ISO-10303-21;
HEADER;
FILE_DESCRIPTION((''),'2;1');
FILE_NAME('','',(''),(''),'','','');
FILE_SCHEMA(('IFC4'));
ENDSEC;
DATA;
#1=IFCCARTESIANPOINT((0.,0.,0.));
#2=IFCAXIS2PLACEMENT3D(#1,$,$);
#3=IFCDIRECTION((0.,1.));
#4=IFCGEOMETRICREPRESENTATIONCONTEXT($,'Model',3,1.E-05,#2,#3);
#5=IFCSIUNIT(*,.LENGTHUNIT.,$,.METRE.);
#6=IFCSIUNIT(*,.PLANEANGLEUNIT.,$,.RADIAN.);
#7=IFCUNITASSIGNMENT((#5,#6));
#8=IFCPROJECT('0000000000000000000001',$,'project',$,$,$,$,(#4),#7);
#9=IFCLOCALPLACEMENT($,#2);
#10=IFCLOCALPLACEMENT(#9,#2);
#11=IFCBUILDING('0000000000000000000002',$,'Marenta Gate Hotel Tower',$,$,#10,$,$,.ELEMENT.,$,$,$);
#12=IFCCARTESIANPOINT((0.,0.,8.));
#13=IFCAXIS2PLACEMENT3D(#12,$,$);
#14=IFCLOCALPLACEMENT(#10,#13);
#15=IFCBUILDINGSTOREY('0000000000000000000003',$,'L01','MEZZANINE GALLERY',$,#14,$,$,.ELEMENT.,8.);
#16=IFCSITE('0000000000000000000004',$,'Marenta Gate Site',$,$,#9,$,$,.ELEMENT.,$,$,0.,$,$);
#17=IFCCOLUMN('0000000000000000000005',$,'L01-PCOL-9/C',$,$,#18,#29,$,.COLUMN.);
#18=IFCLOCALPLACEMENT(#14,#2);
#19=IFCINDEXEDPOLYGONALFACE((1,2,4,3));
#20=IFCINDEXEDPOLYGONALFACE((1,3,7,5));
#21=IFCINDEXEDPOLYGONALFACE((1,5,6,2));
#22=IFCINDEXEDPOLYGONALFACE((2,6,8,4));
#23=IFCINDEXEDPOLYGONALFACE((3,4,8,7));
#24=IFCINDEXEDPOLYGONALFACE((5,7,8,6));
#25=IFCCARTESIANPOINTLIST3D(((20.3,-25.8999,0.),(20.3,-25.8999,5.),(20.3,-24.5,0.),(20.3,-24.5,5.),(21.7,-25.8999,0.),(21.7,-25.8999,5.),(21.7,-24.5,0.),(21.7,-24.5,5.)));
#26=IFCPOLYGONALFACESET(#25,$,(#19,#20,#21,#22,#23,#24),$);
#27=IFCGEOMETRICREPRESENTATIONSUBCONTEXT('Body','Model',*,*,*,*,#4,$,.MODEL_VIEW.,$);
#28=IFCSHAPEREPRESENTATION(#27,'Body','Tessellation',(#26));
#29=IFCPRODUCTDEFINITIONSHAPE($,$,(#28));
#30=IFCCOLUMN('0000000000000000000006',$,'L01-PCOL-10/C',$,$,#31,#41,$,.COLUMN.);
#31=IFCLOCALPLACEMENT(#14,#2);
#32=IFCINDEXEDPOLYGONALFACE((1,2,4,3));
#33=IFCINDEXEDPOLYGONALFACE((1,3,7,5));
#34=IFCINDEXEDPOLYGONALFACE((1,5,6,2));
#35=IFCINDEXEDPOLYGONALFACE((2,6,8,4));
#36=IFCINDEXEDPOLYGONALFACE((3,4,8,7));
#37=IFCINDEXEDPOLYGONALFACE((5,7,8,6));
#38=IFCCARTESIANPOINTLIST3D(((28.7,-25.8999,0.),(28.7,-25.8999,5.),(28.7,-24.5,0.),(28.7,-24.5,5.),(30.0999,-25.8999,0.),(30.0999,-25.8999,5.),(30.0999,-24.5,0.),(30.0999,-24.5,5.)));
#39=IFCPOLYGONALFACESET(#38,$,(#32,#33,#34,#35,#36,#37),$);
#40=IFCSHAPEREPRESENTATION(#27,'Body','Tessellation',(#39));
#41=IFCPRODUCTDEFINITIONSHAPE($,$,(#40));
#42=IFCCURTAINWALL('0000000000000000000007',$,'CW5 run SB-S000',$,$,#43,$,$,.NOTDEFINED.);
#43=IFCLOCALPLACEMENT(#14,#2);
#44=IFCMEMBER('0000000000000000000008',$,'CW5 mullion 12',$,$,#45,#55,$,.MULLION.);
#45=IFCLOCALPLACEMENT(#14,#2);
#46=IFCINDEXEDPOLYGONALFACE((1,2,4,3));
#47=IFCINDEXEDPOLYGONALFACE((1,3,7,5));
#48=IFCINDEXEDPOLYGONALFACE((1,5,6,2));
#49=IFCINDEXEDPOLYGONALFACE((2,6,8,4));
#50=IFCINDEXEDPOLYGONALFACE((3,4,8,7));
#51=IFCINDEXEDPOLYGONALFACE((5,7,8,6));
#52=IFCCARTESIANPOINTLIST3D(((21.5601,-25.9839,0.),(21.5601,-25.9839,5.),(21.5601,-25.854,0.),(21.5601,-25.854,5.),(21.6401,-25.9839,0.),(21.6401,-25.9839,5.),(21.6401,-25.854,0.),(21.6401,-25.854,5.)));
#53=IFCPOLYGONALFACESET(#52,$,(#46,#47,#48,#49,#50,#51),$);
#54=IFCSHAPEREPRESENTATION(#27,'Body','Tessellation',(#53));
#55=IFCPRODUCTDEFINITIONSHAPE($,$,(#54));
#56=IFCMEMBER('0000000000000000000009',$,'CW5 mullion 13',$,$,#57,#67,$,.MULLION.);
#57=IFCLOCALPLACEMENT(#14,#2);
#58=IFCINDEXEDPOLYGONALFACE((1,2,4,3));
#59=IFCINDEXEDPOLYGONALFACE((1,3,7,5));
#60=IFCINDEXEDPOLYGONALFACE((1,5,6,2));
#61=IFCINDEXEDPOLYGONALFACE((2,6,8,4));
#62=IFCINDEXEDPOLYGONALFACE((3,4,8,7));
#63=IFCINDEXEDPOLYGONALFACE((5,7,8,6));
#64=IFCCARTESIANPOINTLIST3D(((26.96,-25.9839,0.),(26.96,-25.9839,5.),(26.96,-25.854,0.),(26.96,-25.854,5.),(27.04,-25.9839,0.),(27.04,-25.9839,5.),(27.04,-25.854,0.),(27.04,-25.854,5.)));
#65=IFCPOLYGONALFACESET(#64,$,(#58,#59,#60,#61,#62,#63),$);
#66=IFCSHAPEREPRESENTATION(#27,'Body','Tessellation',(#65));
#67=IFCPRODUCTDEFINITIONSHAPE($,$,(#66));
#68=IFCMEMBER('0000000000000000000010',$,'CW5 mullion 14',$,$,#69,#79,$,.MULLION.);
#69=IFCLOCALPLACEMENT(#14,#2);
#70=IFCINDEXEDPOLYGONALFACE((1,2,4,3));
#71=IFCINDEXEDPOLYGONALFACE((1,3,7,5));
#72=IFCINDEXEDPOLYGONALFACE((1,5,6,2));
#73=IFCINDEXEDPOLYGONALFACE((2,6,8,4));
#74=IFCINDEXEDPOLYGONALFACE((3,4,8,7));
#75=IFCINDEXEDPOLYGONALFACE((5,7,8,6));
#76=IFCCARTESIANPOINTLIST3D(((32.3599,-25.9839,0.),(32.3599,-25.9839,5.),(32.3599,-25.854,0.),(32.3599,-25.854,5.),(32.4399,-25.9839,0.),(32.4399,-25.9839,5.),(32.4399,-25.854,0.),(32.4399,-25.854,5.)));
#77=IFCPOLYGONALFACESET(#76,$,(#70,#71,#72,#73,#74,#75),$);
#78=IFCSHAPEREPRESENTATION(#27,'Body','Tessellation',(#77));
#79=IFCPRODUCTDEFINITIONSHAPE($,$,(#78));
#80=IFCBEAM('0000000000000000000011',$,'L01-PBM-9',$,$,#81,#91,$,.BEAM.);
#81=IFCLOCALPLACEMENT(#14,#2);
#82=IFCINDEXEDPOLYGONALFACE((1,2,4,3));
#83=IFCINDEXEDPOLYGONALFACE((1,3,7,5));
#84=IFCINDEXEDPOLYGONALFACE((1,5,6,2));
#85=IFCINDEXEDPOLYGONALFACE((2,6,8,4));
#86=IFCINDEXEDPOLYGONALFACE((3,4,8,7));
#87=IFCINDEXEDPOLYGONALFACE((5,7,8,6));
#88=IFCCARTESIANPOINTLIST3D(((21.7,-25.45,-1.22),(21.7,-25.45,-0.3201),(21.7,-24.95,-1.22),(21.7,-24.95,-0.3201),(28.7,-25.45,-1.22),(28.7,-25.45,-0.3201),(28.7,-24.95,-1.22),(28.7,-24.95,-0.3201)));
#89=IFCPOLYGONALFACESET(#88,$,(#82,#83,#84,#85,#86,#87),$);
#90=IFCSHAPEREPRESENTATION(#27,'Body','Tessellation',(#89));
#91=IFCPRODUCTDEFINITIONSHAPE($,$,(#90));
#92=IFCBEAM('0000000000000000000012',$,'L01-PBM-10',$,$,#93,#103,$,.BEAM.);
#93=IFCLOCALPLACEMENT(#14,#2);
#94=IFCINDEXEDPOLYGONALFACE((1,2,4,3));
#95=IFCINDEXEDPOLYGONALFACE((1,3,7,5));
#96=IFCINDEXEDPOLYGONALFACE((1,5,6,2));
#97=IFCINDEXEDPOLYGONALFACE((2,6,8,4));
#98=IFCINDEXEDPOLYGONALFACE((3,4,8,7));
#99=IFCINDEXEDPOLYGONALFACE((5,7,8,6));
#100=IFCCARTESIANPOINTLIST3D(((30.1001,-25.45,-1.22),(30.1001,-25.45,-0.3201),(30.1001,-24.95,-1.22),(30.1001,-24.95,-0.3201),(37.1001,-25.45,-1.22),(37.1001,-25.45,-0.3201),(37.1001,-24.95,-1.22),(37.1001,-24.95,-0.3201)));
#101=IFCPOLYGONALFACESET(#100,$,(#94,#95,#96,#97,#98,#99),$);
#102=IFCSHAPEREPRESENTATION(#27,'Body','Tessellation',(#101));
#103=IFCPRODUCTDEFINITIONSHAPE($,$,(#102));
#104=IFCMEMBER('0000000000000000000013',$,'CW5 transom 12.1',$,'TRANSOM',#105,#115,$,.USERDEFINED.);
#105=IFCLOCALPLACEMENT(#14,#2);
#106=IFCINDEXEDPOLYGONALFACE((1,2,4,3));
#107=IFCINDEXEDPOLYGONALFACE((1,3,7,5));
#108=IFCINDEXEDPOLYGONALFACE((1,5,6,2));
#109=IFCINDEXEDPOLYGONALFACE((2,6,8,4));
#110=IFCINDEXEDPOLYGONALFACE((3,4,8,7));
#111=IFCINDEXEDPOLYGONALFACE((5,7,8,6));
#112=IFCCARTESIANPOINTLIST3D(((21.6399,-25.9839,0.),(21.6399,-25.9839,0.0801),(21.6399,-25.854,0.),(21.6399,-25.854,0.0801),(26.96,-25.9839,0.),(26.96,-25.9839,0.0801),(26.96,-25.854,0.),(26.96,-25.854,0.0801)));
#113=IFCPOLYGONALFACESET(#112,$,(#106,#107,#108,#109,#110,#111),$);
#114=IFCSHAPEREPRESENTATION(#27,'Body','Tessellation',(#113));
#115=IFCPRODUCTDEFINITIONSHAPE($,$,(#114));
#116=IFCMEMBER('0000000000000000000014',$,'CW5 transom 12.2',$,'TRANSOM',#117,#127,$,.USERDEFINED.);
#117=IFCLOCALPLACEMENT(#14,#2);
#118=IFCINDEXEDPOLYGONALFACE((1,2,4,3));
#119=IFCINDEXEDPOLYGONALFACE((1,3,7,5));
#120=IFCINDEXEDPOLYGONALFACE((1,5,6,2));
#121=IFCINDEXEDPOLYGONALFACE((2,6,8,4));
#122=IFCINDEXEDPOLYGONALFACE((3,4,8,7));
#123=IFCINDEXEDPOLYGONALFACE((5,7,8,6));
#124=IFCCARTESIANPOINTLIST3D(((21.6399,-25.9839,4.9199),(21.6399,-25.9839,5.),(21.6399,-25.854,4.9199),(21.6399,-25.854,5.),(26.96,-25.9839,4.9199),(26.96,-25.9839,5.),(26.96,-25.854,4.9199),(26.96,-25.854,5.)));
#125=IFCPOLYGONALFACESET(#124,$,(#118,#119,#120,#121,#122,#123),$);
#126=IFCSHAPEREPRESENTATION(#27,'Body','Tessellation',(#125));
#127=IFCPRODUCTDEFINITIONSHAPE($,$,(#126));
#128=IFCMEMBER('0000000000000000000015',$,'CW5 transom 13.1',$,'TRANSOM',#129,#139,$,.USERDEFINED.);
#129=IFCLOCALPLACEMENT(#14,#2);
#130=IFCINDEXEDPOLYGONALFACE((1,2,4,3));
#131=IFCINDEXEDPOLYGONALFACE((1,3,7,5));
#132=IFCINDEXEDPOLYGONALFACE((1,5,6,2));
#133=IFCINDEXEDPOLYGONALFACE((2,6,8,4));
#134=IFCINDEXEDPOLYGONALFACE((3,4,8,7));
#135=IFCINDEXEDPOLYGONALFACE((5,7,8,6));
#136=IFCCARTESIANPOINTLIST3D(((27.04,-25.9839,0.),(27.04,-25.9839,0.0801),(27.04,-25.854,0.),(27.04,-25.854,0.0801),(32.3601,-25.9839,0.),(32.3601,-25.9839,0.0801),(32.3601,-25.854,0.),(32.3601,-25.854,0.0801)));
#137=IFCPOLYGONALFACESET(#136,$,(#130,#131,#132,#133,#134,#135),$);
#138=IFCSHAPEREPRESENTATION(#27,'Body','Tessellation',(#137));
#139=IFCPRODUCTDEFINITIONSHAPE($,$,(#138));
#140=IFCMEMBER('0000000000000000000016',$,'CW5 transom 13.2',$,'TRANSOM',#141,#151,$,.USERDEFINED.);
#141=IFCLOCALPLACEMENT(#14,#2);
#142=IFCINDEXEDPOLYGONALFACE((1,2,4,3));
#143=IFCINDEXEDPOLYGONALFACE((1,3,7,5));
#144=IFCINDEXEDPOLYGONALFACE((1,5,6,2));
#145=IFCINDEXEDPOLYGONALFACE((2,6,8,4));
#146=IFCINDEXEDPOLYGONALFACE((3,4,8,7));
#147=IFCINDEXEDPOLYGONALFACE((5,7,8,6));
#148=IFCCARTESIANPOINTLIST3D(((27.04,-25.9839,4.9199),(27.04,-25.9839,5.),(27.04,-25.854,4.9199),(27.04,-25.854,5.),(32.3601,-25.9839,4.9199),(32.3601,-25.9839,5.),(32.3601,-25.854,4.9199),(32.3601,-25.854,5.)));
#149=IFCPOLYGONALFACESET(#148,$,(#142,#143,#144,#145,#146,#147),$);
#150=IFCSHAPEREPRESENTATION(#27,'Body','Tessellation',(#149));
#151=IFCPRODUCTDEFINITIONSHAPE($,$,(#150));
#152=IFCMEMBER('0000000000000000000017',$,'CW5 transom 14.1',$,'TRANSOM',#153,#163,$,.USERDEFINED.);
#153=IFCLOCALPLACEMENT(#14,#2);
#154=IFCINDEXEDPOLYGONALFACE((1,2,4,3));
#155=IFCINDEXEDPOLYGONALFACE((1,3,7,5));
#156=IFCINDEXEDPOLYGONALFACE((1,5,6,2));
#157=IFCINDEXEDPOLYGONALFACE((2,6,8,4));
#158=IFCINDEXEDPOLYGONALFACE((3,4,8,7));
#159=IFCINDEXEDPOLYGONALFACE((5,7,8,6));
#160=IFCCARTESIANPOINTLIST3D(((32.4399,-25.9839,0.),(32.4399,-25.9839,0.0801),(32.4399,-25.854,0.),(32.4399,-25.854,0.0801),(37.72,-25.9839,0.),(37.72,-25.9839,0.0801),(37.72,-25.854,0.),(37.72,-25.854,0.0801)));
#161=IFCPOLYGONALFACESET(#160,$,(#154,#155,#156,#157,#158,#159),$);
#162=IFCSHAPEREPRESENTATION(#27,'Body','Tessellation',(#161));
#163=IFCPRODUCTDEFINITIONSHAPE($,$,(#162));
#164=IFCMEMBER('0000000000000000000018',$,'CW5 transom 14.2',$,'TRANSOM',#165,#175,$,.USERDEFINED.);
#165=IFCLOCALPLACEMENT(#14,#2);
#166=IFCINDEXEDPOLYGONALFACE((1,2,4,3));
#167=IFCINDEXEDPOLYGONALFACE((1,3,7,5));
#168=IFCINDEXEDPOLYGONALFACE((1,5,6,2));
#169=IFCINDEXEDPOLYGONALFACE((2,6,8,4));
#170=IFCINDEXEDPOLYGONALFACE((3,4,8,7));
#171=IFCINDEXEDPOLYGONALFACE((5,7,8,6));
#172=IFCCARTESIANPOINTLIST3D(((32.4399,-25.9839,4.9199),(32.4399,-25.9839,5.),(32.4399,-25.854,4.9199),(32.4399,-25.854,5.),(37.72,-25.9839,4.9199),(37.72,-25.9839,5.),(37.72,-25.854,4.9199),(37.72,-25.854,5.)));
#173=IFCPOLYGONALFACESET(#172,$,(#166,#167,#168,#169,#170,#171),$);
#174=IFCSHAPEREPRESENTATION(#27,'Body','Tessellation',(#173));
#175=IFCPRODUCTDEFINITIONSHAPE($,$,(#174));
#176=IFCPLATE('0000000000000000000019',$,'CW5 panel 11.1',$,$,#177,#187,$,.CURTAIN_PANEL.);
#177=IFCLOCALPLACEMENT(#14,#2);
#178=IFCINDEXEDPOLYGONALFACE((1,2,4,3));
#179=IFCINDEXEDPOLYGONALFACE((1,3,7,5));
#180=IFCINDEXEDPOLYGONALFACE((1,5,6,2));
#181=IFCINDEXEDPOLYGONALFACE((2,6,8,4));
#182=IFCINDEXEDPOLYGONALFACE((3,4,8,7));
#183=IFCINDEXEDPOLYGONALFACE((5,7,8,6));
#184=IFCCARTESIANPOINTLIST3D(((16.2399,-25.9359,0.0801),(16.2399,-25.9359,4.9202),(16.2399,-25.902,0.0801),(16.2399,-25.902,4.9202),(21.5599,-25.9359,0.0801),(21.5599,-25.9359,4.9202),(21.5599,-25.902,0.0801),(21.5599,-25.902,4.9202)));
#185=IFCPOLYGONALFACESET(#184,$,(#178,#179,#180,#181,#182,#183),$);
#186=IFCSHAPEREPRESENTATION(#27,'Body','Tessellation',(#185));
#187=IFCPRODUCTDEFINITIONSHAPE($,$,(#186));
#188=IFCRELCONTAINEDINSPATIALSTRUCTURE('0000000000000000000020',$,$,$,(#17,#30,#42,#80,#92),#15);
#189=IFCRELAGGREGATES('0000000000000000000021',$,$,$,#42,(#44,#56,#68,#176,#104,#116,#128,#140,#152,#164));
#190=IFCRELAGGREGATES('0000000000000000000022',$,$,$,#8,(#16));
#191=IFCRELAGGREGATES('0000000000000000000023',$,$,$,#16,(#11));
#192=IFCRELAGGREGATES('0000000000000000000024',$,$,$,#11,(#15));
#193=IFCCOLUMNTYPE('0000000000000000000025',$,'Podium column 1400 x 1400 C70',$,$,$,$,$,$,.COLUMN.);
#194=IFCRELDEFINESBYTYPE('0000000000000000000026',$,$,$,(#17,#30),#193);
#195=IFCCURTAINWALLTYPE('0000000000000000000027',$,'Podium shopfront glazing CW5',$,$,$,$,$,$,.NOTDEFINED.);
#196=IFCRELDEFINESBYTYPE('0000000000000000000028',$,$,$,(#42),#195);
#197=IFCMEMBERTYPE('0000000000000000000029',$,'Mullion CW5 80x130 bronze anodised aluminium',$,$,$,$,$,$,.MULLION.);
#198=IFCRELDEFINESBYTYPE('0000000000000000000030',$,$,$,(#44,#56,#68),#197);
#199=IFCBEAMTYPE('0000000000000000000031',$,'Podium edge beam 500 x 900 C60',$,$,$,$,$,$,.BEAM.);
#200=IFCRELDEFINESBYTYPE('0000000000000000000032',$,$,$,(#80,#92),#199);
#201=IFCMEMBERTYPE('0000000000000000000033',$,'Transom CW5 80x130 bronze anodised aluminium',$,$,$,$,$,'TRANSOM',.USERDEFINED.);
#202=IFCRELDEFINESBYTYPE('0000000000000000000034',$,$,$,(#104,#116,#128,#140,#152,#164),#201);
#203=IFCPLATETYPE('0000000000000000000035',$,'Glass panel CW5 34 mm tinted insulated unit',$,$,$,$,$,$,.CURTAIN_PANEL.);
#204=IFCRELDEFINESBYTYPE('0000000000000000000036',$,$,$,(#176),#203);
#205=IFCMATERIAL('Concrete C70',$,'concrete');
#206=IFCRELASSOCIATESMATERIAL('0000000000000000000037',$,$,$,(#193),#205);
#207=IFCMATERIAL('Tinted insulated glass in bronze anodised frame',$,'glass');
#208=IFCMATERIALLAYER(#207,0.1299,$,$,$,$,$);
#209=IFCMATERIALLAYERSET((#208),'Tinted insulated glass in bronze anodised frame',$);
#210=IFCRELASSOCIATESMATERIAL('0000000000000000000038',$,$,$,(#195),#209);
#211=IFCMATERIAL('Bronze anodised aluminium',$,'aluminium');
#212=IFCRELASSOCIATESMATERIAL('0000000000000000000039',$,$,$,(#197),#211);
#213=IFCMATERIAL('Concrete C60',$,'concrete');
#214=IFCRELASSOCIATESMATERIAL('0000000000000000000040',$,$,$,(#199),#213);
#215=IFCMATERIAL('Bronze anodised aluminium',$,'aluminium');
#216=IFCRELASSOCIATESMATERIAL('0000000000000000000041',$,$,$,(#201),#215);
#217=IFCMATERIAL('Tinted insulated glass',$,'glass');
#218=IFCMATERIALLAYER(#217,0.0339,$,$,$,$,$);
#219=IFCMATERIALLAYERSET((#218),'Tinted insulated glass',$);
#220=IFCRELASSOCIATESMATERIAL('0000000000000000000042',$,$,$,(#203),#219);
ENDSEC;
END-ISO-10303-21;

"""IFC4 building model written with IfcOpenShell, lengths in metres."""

from ifc_helpers import new_model, si_unit, direction, frame, origin, origin_2d, place, context, subcontext, project, spatial, rectangle, extrude, material, layer, layer_set, material_profile, profile_set, type_object, element, aggregate, save


model = new_model("IFC4")

# Units and contexts
model_context = context("Model", 3, precision=1e-05, world=origin(), true_north=direction((0.0, 1.0)))
body_context = subcontext(model_context, "Body", "Model", "MODEL_VIEW")
ifc_project = project(units=[si_unit("LENGTHUNIT", "METRE"), si_unit("PLANEANGLEUNIT", "RADIAN")], contexts=[model_context])

# Site, building, storey
site_placement = place(None, origin())
site = spatial("IfcSite", under=ifc_project, at=site_placement, Name="Marenta Gate Site", CompositionType="ELEMENT", RefElevation=0.0)
building_placement = place(site_placement, origin())
building = spatial("IfcBuilding", under=site, at=building_placement, Name="Marenta Gate Hotel Tower", CompositionType="ELEMENT")
storey_placement = place(building_placement, frame((0.0, 0.0, 8.0)))
storey = spatial("IfcBuildingStorey", under=building, at=storey_placement, Name="L01", Description="MEZZANINE GALLERY", CompositionType="ELEMENT", Elevation=8.0)

# Columns
ifc_material_1 = material(Name="Concrete C70", Category="concrete")
ifc_material_profile_1 = material_profile(ifc_material_1, rectangle(XDim=1.3999, YDim=1.3999, at=origin_2d()), Name="1400 x 1400")
ifc_profile_set_1 = profile_set([ifc_material_profile_1], Name="Concrete C70")
column_type = type_object("IfcColumnType", Name="Podium column 1400 x 1400 C70", PredefinedType="COLUMN", material=ifc_profile_set_1)
for number, where, z_axis, x_axis, name in (
    (1, (21.0, -25.2, 0.0), (0.0, 0.0, 1.0), (1.0, 0.0, 0.0), "L01-PCOL-9/C"),
    (2, (29.3999, -25.2, 0.0), (0.0, 0.0, 1.0), (1.0, 0.0, 0.0), "L01-PCOL-10/C"),
):
    element("IfcColumn", number, at=place(storey_placement, frame(where, z_axis=z_axis, x_axis=x_axis)), inside=storey, type_object=column_type, Name=name, PredefinedType="COLUMN", context=body_context, shape_type="SweptSolid", body=[
        extrude(rectangle(XDim=1.3999, YDim=1.3999, at=origin_2d()), origin(), (0.0, 0.0, 1.0), 5.0),
    ])

# Curtain wall, members
ifc_material_2 = material(Name="Tinted insulated glass in bronze anodised frame", Category="glass")
ifc_layer_1 = layer(ifc_material_2, 0.1299)
ifc_layer_set_1 = layer_set([ifc_layer_1], Name="Tinted insulated glass in bronze anodised frame")
curtain_wall_type = type_object("IfcCurtainWallType", Name="Podium shopfront glazing CW5", PredefinedType="NOTDEFINED", material=ifc_layer_set_1)
curtain_wall_placement = place(storey_placement, origin())
curtain_wall = element("IfcCurtainWall", 3, at=curtain_wall_placement, inside=storey, type_object=curtain_wall_type, Name="CW5 run SB-S000", PredefinedType="NOTDEFINED")
ifc_material_3 = material(Name="Bronze anodised aluminium", Category="aluminium")
ifc_material_profile_2 = material_profile(ifc_material_3, rectangle(XDim=0.1299, YDim=0.0801, at=origin_2d()), Name="Mullion CW5 80x130 bronze anodised aluminium")
ifc_profile_set_2 = profile_set([ifc_material_profile_2], Name="Bronze anodised aluminium")
member_type_1 = type_object("IfcMemberType", Name="Mullion CW5 80x130 bronze anodised aluminium", PredefinedType="MULLION", material=ifc_profile_set_2)
member_1_placement = place(storey_placement, frame((21.6001, -25.9189, 0.0), z_axis=(0.0, 0.0, 1.0), x_axis=(0.0, 1.0, 0.0)))
member_1 = element("IfcMember", 4, at=member_1_placement, type_object=member_type_1, Name="CW5 mullion 12", PredefinedType="MULLION", context=body_context, shape_type="SweptSolid", body=[
    extrude(rectangle(XDim=0.1299, YDim=0.0801, at=origin_2d()), origin(), (0.0, 0.0, 1.0), 5.0),
])
member_2_placement = place(storey_placement, frame((27.0, -25.9189, 0.0), z_axis=(0.0, 0.0, 1.0), x_axis=(0.0, 1.0, 0.0)))
member_2 = element("IfcMember", 5, at=member_2_placement, type_object=member_type_1, Name="CW5 mullion 13", PredefinedType="MULLION", context=body_context, shape_type="SweptSolid", body=[
    extrude(rectangle(XDim=0.1299, YDim=0.0801, at=origin_2d()), origin(), (0.0, 0.0, 1.0), 5.0),
])
member_3_placement = place(storey_placement, frame((32.3999, -25.9189, 0.0), z_axis=(0.0, 0.0, 1.0), x_axis=(0.0, 1.0, 0.0)))
member_3 = element("IfcMember", 6, at=member_3_placement, type_object=member_type_1, Name="CW5 mullion 14", PredefinedType="MULLION", context=body_context, shape_type="SweptSolid", body=[
    extrude(rectangle(XDim=0.1299, YDim=0.0801, at=origin_2d()), origin(), (0.0, 0.0, 1.0), 5.0),
])

# Beams
ifc_material_4 = material(Name="Concrete C60", Category="concrete")
ifc_material_profile_3 = material_profile(ifc_material_4, rectangle(XDim=0.5, YDim=0.8999, at=origin_2d()), Name="500 x 900")
ifc_profile_set_3 = profile_set([ifc_material_profile_3], Name="Concrete C60")
beam_type = type_object("IfcBeamType", Name="Podium edge beam 500 x 900 C60", PredefinedType="BEAM", material=ifc_profile_set_3)
for number, where, z_axis, x_axis, name in (
    (7, (21.7, -25.2, -0.77), (1.0, 0.0, 0.0), (0.0, 1.0, 0.0), "L01-PBM-9"),
    (8, (30.1001, -25.2, -0.77), (1.0, 0.0, 0.0), (0.0, 1.0, 0.0), "L01-PBM-10"),
):
    element("IfcBeam", number, at=place(storey_placement, frame(where, z_axis=z_axis, x_axis=x_axis)), inside=storey, type_object=beam_type, Name=name, PredefinedType="BEAM", context=body_context, shape_type="SweptSolid", body=[
        extrude(rectangle(XDim=0.5, YDim=0.8999, at=origin_2d()), origin(), (0.0, 0.0, 1.0), 7.0),
    ])

# Members
ifc_material_5 = material(Name="Bronze anodised aluminium", Category="aluminium")
ifc_material_profile_4 = material_profile(ifc_material_5, rectangle(XDim=0.1299, YDim=0.0801, at=origin_2d()), Name="Transom CW5 80x130 bronze anodised aluminium")
ifc_profile_set_4 = profile_set([ifc_material_profile_4], Name="Bronze anodised aluminium")
member_type_2 = type_object("IfcMemberType", Name="Transom CW5 80x130 bronze anodised aluminium", ElementType="TRANSOM", PredefinedType="USERDEFINED", material=ifc_profile_set_4)
member_4_placement = place(storey_placement, frame((21.6399, -25.9189, 0.04), z_axis=(1.0, 0.0, 0.0), x_axis=(0.0, 1.0, 0.0)))
member_4 = element("IfcMember", 9, at=member_4_placement, type_object=member_type_2, Name="CW5 transom 12.1", ObjectType="TRANSOM", PredefinedType="USERDEFINED", context=body_context, shape_type="SweptSolid", body=[
    extrude(rectangle(XDim=0.1299, YDim=0.0801, at=origin_2d()), origin(), (0.0, 0.0, 1.0), 5.3201),
])
member_5_placement = place(storey_placement, frame((21.6399, -25.9189, 4.96), z_axis=(1.0, 0.0, 0.0), x_axis=(0.0, 1.0, 0.0)))
member_5 = element("IfcMember", 10, at=member_5_placement, type_object=member_type_2, Name="CW5 transom 12.2", ObjectType="TRANSOM", PredefinedType="USERDEFINED", context=body_context, shape_type="SweptSolid", body=[
    extrude(rectangle(XDim=0.1299, YDim=0.0801, at=origin_2d()), origin(), (0.0, 0.0, 1.0), 5.3201),
])
member_6_placement = place(storey_placement, frame((27.04, -25.9189, 0.04), z_axis=(1.0, 0.0, 0.0), x_axis=(0.0, 1.0, 0.0)))
member_6 = element("IfcMember", 11, at=member_6_placement, type_object=member_type_2, Name="CW5 transom 13.1", ObjectType="TRANSOM", PredefinedType="USERDEFINED", context=body_context, shape_type="SweptSolid", body=[
    extrude(rectangle(XDim=0.1299, YDim=0.0801, at=origin_2d()), origin(), (0.0, 0.0, 1.0), 5.3201),
])
member_7_placement = place(storey_placement, frame((27.04, -25.9189, 4.96), z_axis=(1.0, 0.0, 0.0), x_axis=(0.0, 1.0, 0.0)))
member_7 = element("IfcMember", 12, at=member_7_placement, type_object=member_type_2, Name="CW5 transom 13.2", ObjectType="TRANSOM", PredefinedType="USERDEFINED", context=body_context, shape_type="SweptSolid", body=[
    extrude(rectangle(XDim=0.1299, YDim=0.0801, at=origin_2d()), origin(), (0.0, 0.0, 1.0), 5.3201),
])
member_8_placement = place(storey_placement, frame((32.4399, -25.9189, 0.04), z_axis=(1.0, 0.0, 0.0), x_axis=(0.0, 1.0, 0.0)))
member_8 = element("IfcMember", 13, at=member_8_placement, type_object=member_type_2, Name="CW5 transom 14.1", ObjectType="TRANSOM", PredefinedType="USERDEFINED", context=body_context, shape_type="SweptSolid", body=[
    extrude(rectangle(XDim=0.1299, YDim=0.0801, at=origin_2d()), origin(), (0.0, 0.0, 1.0), 5.28),
])
member_9_placement = place(storey_placement, frame((32.4399, -25.9189, 4.96), z_axis=(1.0, 0.0, 0.0), x_axis=(0.0, 1.0, 0.0)))
member_9 = element("IfcMember", 14, at=member_9_placement, type_object=member_type_2, Name="CW5 transom 14.2", ObjectType="TRANSOM", PredefinedType="USERDEFINED", context=body_context, shape_type="SweptSolid", body=[
    extrude(rectangle(XDim=0.1299, YDim=0.0801, at=origin_2d()), origin(), (0.0, 0.0, 1.0), 5.28),
])

# Plate
ifc_material_6 = material(Name="Tinted insulated glass", Category="glass")
ifc_layer_2 = layer(ifc_material_6, 0.0339)
ifc_layer_set_2 = layer_set([ifc_layer_2], Name="Tinted insulated glass")
plate_type = type_object("IfcPlateType", Name="Glass panel CW5 34 mm tinted insulated unit", PredefinedType="CURTAIN_PANEL", material=ifc_layer_set_2)
plate_1_placement = place(storey_placement, frame((18.8999, -25.9189, 0.0801), z_axis=(0.0, 0.0, 1.0), x_axis=(1.0, 0.0, 0.0)))
plate_1 = element("IfcPlate", 15, at=plate_1_placement, type_object=plate_type, Name="CW5 panel 11.1", PredefinedType="CURTAIN_PANEL", context=body_context, shape_type="SweptSolid", body=[
    extrude(rectangle(XDim=5.3201, YDim=0.0339, at=origin_2d()), origin(), (0.0, 0.0, 1.0), 4.8401),
])
aggregate(curtain_wall, [member_1, member_2, member_3, plate_1, member_4, member_5, member_6, member_7, member_8, member_9])

save(model, "model.ifc")
